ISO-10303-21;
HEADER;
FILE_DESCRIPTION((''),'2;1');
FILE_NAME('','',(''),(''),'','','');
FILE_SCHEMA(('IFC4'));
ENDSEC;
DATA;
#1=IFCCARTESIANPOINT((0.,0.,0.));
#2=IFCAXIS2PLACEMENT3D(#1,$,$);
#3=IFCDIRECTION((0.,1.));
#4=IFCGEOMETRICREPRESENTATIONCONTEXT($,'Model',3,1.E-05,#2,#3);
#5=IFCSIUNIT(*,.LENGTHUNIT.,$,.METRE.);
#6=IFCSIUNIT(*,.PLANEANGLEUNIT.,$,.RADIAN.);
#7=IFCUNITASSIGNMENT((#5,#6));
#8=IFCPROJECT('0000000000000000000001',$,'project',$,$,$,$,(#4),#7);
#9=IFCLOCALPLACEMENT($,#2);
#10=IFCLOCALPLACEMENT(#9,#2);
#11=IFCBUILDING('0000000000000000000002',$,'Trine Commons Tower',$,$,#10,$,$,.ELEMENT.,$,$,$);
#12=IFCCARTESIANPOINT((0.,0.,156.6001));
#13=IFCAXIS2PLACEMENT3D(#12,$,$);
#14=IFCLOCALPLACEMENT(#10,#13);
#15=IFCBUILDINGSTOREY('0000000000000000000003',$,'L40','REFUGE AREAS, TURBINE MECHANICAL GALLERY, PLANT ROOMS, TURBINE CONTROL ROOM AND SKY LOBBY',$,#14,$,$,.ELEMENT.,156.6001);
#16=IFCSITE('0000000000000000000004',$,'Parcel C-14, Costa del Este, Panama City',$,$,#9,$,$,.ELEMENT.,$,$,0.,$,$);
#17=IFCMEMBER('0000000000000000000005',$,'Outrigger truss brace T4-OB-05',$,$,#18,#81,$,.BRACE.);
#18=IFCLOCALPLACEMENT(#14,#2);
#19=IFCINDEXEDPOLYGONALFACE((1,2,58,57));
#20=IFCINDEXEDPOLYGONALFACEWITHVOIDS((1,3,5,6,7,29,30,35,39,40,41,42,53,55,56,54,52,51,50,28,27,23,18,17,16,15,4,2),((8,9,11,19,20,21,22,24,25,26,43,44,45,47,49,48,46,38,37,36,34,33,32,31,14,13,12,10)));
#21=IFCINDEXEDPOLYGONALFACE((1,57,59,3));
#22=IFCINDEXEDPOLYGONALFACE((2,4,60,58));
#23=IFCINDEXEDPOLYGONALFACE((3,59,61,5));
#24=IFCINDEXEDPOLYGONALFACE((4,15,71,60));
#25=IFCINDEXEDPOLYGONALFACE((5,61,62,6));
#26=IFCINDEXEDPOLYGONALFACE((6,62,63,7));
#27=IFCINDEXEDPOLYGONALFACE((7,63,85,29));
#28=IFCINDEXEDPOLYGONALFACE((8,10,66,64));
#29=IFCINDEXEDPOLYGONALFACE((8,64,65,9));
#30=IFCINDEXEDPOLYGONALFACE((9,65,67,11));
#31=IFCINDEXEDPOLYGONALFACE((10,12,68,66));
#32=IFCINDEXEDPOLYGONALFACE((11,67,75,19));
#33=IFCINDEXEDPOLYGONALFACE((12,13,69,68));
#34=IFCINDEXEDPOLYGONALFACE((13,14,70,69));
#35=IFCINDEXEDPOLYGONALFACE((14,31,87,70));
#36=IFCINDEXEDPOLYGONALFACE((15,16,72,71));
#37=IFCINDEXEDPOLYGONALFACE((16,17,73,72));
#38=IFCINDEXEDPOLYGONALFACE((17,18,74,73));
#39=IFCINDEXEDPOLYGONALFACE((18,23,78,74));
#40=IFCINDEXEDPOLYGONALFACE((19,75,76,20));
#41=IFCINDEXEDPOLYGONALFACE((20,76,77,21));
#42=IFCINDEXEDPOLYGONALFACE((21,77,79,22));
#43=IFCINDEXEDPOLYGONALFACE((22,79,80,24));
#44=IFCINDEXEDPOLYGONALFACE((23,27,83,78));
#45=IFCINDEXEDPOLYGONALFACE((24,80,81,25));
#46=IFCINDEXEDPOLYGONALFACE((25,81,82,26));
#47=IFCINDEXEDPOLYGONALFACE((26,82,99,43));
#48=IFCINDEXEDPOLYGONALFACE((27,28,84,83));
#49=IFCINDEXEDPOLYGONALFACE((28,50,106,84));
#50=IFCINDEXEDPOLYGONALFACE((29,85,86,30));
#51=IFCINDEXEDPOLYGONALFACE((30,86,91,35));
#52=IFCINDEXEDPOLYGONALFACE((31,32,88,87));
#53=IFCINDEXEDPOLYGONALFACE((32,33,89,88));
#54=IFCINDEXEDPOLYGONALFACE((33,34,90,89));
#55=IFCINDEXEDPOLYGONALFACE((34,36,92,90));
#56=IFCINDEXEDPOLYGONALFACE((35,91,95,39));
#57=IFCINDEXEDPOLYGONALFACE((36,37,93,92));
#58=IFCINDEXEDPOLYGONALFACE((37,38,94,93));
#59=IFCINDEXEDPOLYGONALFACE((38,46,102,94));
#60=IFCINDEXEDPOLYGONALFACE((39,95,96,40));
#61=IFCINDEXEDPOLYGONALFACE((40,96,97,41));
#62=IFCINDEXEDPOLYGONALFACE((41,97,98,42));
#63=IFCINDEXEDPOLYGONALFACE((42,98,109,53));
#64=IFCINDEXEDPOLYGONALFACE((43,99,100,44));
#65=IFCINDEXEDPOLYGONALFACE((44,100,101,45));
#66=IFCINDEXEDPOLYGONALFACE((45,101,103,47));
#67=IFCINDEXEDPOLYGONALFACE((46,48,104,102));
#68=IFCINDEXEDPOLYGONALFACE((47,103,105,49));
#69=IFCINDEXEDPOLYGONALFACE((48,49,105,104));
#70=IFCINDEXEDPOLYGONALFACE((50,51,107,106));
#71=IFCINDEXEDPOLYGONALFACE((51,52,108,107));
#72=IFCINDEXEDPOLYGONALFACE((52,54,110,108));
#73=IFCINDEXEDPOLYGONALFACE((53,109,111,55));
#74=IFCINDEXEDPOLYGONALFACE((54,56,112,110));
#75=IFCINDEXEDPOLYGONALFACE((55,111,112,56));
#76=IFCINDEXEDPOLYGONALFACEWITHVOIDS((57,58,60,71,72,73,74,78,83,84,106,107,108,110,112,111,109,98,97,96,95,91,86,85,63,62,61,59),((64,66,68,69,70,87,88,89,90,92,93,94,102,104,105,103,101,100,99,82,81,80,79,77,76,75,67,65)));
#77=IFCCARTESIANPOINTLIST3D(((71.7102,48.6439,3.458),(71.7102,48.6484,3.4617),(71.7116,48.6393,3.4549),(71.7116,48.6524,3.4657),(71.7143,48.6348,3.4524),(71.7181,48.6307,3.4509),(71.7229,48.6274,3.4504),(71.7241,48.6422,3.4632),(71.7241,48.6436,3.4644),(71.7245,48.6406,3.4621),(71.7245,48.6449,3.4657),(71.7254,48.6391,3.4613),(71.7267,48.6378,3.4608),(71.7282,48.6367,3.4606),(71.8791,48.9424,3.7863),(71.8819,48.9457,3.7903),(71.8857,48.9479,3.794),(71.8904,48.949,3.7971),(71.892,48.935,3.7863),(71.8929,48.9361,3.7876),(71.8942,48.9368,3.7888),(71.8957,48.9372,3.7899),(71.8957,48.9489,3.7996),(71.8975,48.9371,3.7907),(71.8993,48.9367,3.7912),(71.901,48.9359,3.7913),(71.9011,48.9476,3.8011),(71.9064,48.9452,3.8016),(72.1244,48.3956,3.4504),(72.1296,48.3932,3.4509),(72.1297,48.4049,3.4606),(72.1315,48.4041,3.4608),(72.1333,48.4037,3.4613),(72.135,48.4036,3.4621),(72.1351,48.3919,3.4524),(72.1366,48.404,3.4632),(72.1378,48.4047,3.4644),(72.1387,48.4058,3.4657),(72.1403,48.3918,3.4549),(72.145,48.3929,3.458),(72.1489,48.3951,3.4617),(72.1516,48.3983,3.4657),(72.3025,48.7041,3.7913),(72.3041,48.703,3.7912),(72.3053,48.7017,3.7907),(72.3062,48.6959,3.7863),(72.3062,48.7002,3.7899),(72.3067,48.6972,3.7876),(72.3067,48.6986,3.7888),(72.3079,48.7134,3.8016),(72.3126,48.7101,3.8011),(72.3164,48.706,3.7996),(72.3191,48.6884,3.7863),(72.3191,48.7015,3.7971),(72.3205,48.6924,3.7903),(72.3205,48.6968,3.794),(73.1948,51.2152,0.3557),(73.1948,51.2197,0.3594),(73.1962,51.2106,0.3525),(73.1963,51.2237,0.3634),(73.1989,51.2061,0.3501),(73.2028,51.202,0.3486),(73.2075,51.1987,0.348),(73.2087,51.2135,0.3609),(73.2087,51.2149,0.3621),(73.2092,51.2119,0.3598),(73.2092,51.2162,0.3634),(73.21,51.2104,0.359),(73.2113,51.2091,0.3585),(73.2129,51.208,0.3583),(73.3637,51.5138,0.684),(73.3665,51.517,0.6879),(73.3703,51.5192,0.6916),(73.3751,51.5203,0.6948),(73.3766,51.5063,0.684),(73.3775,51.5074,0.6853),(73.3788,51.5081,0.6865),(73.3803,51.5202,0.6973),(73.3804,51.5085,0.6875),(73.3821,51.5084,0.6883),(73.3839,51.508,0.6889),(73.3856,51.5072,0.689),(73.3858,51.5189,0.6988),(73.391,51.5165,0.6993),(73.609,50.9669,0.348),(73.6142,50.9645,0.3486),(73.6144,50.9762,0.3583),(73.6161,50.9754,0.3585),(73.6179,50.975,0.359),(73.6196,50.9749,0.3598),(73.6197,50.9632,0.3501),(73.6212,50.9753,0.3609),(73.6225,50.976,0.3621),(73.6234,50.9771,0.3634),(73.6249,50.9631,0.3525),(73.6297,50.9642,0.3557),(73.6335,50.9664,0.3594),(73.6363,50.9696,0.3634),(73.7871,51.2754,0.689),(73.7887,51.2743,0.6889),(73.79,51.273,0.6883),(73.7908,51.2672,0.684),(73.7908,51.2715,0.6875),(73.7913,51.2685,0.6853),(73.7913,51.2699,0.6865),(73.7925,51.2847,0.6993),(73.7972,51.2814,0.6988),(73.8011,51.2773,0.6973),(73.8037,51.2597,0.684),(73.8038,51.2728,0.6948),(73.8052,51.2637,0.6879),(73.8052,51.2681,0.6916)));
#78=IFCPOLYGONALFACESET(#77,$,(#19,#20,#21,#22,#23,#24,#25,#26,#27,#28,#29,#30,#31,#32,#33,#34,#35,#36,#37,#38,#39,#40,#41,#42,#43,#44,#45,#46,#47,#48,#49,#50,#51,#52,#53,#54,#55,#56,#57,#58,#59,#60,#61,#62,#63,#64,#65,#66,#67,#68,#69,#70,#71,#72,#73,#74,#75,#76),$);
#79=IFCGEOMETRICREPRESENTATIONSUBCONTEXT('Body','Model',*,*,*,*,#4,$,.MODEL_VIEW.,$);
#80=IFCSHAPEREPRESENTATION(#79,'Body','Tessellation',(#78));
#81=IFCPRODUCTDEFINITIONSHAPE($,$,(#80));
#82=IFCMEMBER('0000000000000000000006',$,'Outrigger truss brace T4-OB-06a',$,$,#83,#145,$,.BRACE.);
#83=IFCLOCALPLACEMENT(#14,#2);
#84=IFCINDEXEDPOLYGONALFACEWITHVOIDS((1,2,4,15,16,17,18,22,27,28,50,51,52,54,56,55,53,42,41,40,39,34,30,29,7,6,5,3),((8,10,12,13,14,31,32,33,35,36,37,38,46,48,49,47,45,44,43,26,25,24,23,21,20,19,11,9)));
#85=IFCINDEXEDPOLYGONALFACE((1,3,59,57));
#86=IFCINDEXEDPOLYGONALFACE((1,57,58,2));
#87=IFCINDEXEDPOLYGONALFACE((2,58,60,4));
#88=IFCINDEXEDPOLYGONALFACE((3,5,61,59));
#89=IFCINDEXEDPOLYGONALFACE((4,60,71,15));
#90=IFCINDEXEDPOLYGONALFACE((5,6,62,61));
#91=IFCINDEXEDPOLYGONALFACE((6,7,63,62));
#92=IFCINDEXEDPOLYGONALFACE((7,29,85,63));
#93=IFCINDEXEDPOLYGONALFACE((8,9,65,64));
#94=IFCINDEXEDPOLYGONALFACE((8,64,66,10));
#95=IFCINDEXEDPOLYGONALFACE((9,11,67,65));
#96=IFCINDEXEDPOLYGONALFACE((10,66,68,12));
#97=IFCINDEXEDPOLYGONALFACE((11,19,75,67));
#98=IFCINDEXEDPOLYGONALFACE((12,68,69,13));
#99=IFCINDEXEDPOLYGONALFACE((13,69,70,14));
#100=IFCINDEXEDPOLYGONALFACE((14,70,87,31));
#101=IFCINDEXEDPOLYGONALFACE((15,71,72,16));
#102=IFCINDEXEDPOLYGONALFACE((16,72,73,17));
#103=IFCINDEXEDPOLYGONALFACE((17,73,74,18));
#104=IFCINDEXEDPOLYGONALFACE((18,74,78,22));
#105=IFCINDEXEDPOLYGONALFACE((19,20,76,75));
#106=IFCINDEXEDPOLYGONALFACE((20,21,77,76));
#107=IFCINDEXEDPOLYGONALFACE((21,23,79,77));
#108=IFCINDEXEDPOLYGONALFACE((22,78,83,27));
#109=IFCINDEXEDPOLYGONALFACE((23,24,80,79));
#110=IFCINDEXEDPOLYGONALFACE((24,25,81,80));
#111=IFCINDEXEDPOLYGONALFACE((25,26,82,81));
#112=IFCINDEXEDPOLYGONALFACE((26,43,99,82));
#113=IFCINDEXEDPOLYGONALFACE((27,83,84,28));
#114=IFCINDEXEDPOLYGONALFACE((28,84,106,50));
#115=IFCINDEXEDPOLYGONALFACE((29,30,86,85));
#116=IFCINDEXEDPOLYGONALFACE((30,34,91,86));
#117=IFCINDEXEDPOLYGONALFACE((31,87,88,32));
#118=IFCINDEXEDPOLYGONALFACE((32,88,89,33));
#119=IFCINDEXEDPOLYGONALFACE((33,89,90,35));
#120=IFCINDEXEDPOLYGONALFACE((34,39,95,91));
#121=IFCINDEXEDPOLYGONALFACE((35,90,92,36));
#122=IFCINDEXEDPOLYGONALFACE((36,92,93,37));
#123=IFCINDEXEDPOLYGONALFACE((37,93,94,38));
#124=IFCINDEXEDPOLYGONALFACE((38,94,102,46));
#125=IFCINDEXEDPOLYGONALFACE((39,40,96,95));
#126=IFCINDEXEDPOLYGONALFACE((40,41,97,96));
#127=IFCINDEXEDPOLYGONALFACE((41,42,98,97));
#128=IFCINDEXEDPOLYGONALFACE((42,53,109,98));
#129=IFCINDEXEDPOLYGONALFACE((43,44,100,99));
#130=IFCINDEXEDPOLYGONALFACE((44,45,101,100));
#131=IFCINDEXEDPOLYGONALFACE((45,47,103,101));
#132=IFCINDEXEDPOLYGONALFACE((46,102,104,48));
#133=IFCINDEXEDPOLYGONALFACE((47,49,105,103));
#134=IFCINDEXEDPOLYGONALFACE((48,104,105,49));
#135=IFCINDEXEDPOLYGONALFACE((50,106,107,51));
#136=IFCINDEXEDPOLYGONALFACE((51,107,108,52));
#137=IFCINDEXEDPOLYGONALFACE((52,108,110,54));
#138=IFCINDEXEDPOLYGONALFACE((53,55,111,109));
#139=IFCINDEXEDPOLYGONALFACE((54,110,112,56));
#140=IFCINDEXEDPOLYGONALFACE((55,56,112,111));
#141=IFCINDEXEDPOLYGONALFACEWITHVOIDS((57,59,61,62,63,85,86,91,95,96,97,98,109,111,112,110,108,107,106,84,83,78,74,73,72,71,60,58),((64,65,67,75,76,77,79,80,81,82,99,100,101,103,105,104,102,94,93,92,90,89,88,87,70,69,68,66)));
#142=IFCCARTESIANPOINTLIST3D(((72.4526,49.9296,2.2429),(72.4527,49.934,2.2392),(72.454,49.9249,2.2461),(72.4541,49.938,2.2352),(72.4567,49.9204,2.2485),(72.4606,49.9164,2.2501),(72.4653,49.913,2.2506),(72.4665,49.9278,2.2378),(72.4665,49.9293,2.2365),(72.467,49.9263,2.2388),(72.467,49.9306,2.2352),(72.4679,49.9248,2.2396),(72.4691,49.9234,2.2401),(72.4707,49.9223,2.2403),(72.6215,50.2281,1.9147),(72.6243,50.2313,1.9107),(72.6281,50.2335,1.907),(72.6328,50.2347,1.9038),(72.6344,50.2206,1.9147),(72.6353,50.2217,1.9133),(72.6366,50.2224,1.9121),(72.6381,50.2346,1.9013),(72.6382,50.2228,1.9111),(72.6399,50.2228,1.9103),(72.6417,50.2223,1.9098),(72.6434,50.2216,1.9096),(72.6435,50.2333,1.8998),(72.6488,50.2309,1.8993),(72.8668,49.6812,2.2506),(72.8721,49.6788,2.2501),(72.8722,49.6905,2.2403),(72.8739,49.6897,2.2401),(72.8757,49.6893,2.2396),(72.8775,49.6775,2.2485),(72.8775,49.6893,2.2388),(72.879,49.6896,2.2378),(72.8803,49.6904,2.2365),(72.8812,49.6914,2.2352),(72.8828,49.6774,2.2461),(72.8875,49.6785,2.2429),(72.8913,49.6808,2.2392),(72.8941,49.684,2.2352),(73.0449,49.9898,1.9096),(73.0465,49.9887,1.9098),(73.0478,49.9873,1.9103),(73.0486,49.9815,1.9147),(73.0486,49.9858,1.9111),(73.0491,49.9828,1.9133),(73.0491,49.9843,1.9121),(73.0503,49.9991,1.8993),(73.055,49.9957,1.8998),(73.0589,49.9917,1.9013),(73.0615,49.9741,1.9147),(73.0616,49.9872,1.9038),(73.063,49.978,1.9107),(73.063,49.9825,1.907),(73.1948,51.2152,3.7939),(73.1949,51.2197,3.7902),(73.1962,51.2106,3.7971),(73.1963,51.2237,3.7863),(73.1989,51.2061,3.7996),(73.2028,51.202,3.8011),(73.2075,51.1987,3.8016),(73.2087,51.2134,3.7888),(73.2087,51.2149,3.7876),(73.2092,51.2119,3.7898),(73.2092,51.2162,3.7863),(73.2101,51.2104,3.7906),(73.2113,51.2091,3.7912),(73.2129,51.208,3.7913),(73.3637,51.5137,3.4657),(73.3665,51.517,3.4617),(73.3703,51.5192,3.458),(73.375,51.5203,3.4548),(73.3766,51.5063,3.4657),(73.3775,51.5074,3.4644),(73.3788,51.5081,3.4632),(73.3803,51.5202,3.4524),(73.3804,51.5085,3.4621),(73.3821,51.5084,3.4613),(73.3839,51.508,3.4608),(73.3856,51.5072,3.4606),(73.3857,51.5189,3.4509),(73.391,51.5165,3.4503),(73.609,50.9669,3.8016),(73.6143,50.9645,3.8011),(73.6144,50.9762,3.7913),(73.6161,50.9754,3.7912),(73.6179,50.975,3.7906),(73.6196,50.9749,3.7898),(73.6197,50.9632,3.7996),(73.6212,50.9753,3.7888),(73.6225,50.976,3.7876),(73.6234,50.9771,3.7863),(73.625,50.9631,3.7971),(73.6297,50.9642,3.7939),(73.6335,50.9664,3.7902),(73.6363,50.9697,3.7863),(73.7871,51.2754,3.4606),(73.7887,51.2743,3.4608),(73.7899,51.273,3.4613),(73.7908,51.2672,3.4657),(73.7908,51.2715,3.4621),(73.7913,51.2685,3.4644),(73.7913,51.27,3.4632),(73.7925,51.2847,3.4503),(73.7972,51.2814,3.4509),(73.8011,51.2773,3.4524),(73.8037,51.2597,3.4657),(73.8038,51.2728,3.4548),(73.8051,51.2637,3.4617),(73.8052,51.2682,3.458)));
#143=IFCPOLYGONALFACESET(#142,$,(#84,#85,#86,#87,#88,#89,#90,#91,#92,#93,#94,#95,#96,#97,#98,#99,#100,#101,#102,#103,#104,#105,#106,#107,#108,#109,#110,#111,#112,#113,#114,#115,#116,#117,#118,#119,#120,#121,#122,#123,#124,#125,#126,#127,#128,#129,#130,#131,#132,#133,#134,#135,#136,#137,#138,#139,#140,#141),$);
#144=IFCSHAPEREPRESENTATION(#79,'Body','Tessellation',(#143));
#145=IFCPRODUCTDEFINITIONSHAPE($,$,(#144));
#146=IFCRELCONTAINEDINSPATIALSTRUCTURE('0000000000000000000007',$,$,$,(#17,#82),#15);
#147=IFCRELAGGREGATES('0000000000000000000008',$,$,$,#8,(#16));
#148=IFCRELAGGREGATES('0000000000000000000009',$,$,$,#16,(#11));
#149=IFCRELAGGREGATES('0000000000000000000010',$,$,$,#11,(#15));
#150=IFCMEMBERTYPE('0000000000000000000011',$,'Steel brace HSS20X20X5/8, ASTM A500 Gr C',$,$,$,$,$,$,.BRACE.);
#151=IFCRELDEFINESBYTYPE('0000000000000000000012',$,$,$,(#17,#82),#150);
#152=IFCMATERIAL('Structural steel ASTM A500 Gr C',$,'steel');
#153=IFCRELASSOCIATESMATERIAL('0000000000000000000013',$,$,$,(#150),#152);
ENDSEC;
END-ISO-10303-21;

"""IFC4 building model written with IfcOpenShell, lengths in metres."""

from ifc_helpers import new_model, si_unit, direction, frame, origin, origin_2d, place, context, subcontext, project, spatial, hollow_rectangle, extrude, material, material_profile, profile_set, type_object, element, save


model = new_model("IFC4")

# Units and contexts
model_context = context("Model", 3, precision=1e-05, world=origin(), true_north=direction((0.0, 1.0)))
body_context = subcontext(model_context, "Body", "Model", "MODEL_VIEW")
ifc_project = project(units=[si_unit("LENGTHUNIT", "METRE"), si_unit("PLANEANGLEUNIT", "RADIAN")], contexts=[model_context])

# Site, building, storey
site_placement = place(None, origin())
site = spatial("IfcSite", under=ifc_project, at=site_placement, Name="Parcel C-14, Costa del Este, Panama City", CompositionType="ELEMENT", RefElevation=0.0)
building_placement = place(site_placement, origin())
building = spatial("IfcBuilding", under=site, at=building_placement, Name="Trine Commons Tower", CompositionType="ELEMENT")
storey_placement = place(building_placement, frame((0.0, 0.0, 156.6001)))
storey = spatial("IfcBuildingStorey", under=building, at=storey_placement, Name="L40", Description="REFUGE AREAS, TURBINE MECHANICAL GALLERY, PLANT ROOMS, TURBINE CONTROL ROOM AND SKY LOBBY", CompositionType="ELEMENT", Elevation=156.6001)

# Members
ifc_material_1 = material(Name="Structural steel ASTM A500 Gr C", Category="steel")
ifc_material_profile_1 = material_profile(ifc_material_1, hollow_rectangle(XDim=0.5081, YDim=0.5081, WallThickness=0.0149, InnerFilletRadius=0.0073, OuterFilletRadius=0.0222, at=origin_2d()), Name="HSS20X20X5/8")
ifc_profile_set_1 = profile_set([ifc_material_profile_1], Name="Structural steel ASTM A500 Gr C")
member_type_1 = type_object("IfcMemberType", Name="Steel brace HSS20X20X5/8, ASTM A500 Gr C", PredefinedType="BRACE", material=ifc_profile_set_1)
member_1_placement = place(storey_placement, frame((73.5, 51.2417, 0.5237), z_axis=(-0.345729, -0.598787, 0.722444), x_axis=(0.866013, -0.500021, 0.0)))
element("IfcMember", 1, at=member_1_placement, inside=storey, type_object=member_type_1, Name="Outrigger truss brace T4-OB-05", PredefinedType="BRACE", context=body_context, shape_type="SweptSolid", body=[
    extrude(hollow_rectangle(XDim=0.5081, YDim=0.5081, WallThickness=0.0149, InnerFilletRadius=0.0073, OuterFilletRadius=0.0222, at=origin_2d()), origin(), (0.0, 0.0, 1.0), 4.2942),
])
member_2_placement = place(storey_placement, frame((73.5, 51.2417, 3.626), z_axis=(-0.345694, -0.598823, -0.722431), x_axis=(0.866049, -0.49996, 0.0)))
element("IfcMember", 2, at=member_2_placement, inside=storey, type_object=member_type_1, Name="Outrigger truss brace T4-OB-06a", PredefinedType="BRACE", context=body_context, shape_type="SweptSolid", body=[
    extrude(hollow_rectangle(XDim=0.5081, YDim=0.5081, WallThickness=0.0149, InnerFilletRadius=0.0073, OuterFilletRadius=0.0222, at=origin_2d()), origin(), (0.0, 0.0, 1.0), 2.147),
])

save(model, "model.ifc")
